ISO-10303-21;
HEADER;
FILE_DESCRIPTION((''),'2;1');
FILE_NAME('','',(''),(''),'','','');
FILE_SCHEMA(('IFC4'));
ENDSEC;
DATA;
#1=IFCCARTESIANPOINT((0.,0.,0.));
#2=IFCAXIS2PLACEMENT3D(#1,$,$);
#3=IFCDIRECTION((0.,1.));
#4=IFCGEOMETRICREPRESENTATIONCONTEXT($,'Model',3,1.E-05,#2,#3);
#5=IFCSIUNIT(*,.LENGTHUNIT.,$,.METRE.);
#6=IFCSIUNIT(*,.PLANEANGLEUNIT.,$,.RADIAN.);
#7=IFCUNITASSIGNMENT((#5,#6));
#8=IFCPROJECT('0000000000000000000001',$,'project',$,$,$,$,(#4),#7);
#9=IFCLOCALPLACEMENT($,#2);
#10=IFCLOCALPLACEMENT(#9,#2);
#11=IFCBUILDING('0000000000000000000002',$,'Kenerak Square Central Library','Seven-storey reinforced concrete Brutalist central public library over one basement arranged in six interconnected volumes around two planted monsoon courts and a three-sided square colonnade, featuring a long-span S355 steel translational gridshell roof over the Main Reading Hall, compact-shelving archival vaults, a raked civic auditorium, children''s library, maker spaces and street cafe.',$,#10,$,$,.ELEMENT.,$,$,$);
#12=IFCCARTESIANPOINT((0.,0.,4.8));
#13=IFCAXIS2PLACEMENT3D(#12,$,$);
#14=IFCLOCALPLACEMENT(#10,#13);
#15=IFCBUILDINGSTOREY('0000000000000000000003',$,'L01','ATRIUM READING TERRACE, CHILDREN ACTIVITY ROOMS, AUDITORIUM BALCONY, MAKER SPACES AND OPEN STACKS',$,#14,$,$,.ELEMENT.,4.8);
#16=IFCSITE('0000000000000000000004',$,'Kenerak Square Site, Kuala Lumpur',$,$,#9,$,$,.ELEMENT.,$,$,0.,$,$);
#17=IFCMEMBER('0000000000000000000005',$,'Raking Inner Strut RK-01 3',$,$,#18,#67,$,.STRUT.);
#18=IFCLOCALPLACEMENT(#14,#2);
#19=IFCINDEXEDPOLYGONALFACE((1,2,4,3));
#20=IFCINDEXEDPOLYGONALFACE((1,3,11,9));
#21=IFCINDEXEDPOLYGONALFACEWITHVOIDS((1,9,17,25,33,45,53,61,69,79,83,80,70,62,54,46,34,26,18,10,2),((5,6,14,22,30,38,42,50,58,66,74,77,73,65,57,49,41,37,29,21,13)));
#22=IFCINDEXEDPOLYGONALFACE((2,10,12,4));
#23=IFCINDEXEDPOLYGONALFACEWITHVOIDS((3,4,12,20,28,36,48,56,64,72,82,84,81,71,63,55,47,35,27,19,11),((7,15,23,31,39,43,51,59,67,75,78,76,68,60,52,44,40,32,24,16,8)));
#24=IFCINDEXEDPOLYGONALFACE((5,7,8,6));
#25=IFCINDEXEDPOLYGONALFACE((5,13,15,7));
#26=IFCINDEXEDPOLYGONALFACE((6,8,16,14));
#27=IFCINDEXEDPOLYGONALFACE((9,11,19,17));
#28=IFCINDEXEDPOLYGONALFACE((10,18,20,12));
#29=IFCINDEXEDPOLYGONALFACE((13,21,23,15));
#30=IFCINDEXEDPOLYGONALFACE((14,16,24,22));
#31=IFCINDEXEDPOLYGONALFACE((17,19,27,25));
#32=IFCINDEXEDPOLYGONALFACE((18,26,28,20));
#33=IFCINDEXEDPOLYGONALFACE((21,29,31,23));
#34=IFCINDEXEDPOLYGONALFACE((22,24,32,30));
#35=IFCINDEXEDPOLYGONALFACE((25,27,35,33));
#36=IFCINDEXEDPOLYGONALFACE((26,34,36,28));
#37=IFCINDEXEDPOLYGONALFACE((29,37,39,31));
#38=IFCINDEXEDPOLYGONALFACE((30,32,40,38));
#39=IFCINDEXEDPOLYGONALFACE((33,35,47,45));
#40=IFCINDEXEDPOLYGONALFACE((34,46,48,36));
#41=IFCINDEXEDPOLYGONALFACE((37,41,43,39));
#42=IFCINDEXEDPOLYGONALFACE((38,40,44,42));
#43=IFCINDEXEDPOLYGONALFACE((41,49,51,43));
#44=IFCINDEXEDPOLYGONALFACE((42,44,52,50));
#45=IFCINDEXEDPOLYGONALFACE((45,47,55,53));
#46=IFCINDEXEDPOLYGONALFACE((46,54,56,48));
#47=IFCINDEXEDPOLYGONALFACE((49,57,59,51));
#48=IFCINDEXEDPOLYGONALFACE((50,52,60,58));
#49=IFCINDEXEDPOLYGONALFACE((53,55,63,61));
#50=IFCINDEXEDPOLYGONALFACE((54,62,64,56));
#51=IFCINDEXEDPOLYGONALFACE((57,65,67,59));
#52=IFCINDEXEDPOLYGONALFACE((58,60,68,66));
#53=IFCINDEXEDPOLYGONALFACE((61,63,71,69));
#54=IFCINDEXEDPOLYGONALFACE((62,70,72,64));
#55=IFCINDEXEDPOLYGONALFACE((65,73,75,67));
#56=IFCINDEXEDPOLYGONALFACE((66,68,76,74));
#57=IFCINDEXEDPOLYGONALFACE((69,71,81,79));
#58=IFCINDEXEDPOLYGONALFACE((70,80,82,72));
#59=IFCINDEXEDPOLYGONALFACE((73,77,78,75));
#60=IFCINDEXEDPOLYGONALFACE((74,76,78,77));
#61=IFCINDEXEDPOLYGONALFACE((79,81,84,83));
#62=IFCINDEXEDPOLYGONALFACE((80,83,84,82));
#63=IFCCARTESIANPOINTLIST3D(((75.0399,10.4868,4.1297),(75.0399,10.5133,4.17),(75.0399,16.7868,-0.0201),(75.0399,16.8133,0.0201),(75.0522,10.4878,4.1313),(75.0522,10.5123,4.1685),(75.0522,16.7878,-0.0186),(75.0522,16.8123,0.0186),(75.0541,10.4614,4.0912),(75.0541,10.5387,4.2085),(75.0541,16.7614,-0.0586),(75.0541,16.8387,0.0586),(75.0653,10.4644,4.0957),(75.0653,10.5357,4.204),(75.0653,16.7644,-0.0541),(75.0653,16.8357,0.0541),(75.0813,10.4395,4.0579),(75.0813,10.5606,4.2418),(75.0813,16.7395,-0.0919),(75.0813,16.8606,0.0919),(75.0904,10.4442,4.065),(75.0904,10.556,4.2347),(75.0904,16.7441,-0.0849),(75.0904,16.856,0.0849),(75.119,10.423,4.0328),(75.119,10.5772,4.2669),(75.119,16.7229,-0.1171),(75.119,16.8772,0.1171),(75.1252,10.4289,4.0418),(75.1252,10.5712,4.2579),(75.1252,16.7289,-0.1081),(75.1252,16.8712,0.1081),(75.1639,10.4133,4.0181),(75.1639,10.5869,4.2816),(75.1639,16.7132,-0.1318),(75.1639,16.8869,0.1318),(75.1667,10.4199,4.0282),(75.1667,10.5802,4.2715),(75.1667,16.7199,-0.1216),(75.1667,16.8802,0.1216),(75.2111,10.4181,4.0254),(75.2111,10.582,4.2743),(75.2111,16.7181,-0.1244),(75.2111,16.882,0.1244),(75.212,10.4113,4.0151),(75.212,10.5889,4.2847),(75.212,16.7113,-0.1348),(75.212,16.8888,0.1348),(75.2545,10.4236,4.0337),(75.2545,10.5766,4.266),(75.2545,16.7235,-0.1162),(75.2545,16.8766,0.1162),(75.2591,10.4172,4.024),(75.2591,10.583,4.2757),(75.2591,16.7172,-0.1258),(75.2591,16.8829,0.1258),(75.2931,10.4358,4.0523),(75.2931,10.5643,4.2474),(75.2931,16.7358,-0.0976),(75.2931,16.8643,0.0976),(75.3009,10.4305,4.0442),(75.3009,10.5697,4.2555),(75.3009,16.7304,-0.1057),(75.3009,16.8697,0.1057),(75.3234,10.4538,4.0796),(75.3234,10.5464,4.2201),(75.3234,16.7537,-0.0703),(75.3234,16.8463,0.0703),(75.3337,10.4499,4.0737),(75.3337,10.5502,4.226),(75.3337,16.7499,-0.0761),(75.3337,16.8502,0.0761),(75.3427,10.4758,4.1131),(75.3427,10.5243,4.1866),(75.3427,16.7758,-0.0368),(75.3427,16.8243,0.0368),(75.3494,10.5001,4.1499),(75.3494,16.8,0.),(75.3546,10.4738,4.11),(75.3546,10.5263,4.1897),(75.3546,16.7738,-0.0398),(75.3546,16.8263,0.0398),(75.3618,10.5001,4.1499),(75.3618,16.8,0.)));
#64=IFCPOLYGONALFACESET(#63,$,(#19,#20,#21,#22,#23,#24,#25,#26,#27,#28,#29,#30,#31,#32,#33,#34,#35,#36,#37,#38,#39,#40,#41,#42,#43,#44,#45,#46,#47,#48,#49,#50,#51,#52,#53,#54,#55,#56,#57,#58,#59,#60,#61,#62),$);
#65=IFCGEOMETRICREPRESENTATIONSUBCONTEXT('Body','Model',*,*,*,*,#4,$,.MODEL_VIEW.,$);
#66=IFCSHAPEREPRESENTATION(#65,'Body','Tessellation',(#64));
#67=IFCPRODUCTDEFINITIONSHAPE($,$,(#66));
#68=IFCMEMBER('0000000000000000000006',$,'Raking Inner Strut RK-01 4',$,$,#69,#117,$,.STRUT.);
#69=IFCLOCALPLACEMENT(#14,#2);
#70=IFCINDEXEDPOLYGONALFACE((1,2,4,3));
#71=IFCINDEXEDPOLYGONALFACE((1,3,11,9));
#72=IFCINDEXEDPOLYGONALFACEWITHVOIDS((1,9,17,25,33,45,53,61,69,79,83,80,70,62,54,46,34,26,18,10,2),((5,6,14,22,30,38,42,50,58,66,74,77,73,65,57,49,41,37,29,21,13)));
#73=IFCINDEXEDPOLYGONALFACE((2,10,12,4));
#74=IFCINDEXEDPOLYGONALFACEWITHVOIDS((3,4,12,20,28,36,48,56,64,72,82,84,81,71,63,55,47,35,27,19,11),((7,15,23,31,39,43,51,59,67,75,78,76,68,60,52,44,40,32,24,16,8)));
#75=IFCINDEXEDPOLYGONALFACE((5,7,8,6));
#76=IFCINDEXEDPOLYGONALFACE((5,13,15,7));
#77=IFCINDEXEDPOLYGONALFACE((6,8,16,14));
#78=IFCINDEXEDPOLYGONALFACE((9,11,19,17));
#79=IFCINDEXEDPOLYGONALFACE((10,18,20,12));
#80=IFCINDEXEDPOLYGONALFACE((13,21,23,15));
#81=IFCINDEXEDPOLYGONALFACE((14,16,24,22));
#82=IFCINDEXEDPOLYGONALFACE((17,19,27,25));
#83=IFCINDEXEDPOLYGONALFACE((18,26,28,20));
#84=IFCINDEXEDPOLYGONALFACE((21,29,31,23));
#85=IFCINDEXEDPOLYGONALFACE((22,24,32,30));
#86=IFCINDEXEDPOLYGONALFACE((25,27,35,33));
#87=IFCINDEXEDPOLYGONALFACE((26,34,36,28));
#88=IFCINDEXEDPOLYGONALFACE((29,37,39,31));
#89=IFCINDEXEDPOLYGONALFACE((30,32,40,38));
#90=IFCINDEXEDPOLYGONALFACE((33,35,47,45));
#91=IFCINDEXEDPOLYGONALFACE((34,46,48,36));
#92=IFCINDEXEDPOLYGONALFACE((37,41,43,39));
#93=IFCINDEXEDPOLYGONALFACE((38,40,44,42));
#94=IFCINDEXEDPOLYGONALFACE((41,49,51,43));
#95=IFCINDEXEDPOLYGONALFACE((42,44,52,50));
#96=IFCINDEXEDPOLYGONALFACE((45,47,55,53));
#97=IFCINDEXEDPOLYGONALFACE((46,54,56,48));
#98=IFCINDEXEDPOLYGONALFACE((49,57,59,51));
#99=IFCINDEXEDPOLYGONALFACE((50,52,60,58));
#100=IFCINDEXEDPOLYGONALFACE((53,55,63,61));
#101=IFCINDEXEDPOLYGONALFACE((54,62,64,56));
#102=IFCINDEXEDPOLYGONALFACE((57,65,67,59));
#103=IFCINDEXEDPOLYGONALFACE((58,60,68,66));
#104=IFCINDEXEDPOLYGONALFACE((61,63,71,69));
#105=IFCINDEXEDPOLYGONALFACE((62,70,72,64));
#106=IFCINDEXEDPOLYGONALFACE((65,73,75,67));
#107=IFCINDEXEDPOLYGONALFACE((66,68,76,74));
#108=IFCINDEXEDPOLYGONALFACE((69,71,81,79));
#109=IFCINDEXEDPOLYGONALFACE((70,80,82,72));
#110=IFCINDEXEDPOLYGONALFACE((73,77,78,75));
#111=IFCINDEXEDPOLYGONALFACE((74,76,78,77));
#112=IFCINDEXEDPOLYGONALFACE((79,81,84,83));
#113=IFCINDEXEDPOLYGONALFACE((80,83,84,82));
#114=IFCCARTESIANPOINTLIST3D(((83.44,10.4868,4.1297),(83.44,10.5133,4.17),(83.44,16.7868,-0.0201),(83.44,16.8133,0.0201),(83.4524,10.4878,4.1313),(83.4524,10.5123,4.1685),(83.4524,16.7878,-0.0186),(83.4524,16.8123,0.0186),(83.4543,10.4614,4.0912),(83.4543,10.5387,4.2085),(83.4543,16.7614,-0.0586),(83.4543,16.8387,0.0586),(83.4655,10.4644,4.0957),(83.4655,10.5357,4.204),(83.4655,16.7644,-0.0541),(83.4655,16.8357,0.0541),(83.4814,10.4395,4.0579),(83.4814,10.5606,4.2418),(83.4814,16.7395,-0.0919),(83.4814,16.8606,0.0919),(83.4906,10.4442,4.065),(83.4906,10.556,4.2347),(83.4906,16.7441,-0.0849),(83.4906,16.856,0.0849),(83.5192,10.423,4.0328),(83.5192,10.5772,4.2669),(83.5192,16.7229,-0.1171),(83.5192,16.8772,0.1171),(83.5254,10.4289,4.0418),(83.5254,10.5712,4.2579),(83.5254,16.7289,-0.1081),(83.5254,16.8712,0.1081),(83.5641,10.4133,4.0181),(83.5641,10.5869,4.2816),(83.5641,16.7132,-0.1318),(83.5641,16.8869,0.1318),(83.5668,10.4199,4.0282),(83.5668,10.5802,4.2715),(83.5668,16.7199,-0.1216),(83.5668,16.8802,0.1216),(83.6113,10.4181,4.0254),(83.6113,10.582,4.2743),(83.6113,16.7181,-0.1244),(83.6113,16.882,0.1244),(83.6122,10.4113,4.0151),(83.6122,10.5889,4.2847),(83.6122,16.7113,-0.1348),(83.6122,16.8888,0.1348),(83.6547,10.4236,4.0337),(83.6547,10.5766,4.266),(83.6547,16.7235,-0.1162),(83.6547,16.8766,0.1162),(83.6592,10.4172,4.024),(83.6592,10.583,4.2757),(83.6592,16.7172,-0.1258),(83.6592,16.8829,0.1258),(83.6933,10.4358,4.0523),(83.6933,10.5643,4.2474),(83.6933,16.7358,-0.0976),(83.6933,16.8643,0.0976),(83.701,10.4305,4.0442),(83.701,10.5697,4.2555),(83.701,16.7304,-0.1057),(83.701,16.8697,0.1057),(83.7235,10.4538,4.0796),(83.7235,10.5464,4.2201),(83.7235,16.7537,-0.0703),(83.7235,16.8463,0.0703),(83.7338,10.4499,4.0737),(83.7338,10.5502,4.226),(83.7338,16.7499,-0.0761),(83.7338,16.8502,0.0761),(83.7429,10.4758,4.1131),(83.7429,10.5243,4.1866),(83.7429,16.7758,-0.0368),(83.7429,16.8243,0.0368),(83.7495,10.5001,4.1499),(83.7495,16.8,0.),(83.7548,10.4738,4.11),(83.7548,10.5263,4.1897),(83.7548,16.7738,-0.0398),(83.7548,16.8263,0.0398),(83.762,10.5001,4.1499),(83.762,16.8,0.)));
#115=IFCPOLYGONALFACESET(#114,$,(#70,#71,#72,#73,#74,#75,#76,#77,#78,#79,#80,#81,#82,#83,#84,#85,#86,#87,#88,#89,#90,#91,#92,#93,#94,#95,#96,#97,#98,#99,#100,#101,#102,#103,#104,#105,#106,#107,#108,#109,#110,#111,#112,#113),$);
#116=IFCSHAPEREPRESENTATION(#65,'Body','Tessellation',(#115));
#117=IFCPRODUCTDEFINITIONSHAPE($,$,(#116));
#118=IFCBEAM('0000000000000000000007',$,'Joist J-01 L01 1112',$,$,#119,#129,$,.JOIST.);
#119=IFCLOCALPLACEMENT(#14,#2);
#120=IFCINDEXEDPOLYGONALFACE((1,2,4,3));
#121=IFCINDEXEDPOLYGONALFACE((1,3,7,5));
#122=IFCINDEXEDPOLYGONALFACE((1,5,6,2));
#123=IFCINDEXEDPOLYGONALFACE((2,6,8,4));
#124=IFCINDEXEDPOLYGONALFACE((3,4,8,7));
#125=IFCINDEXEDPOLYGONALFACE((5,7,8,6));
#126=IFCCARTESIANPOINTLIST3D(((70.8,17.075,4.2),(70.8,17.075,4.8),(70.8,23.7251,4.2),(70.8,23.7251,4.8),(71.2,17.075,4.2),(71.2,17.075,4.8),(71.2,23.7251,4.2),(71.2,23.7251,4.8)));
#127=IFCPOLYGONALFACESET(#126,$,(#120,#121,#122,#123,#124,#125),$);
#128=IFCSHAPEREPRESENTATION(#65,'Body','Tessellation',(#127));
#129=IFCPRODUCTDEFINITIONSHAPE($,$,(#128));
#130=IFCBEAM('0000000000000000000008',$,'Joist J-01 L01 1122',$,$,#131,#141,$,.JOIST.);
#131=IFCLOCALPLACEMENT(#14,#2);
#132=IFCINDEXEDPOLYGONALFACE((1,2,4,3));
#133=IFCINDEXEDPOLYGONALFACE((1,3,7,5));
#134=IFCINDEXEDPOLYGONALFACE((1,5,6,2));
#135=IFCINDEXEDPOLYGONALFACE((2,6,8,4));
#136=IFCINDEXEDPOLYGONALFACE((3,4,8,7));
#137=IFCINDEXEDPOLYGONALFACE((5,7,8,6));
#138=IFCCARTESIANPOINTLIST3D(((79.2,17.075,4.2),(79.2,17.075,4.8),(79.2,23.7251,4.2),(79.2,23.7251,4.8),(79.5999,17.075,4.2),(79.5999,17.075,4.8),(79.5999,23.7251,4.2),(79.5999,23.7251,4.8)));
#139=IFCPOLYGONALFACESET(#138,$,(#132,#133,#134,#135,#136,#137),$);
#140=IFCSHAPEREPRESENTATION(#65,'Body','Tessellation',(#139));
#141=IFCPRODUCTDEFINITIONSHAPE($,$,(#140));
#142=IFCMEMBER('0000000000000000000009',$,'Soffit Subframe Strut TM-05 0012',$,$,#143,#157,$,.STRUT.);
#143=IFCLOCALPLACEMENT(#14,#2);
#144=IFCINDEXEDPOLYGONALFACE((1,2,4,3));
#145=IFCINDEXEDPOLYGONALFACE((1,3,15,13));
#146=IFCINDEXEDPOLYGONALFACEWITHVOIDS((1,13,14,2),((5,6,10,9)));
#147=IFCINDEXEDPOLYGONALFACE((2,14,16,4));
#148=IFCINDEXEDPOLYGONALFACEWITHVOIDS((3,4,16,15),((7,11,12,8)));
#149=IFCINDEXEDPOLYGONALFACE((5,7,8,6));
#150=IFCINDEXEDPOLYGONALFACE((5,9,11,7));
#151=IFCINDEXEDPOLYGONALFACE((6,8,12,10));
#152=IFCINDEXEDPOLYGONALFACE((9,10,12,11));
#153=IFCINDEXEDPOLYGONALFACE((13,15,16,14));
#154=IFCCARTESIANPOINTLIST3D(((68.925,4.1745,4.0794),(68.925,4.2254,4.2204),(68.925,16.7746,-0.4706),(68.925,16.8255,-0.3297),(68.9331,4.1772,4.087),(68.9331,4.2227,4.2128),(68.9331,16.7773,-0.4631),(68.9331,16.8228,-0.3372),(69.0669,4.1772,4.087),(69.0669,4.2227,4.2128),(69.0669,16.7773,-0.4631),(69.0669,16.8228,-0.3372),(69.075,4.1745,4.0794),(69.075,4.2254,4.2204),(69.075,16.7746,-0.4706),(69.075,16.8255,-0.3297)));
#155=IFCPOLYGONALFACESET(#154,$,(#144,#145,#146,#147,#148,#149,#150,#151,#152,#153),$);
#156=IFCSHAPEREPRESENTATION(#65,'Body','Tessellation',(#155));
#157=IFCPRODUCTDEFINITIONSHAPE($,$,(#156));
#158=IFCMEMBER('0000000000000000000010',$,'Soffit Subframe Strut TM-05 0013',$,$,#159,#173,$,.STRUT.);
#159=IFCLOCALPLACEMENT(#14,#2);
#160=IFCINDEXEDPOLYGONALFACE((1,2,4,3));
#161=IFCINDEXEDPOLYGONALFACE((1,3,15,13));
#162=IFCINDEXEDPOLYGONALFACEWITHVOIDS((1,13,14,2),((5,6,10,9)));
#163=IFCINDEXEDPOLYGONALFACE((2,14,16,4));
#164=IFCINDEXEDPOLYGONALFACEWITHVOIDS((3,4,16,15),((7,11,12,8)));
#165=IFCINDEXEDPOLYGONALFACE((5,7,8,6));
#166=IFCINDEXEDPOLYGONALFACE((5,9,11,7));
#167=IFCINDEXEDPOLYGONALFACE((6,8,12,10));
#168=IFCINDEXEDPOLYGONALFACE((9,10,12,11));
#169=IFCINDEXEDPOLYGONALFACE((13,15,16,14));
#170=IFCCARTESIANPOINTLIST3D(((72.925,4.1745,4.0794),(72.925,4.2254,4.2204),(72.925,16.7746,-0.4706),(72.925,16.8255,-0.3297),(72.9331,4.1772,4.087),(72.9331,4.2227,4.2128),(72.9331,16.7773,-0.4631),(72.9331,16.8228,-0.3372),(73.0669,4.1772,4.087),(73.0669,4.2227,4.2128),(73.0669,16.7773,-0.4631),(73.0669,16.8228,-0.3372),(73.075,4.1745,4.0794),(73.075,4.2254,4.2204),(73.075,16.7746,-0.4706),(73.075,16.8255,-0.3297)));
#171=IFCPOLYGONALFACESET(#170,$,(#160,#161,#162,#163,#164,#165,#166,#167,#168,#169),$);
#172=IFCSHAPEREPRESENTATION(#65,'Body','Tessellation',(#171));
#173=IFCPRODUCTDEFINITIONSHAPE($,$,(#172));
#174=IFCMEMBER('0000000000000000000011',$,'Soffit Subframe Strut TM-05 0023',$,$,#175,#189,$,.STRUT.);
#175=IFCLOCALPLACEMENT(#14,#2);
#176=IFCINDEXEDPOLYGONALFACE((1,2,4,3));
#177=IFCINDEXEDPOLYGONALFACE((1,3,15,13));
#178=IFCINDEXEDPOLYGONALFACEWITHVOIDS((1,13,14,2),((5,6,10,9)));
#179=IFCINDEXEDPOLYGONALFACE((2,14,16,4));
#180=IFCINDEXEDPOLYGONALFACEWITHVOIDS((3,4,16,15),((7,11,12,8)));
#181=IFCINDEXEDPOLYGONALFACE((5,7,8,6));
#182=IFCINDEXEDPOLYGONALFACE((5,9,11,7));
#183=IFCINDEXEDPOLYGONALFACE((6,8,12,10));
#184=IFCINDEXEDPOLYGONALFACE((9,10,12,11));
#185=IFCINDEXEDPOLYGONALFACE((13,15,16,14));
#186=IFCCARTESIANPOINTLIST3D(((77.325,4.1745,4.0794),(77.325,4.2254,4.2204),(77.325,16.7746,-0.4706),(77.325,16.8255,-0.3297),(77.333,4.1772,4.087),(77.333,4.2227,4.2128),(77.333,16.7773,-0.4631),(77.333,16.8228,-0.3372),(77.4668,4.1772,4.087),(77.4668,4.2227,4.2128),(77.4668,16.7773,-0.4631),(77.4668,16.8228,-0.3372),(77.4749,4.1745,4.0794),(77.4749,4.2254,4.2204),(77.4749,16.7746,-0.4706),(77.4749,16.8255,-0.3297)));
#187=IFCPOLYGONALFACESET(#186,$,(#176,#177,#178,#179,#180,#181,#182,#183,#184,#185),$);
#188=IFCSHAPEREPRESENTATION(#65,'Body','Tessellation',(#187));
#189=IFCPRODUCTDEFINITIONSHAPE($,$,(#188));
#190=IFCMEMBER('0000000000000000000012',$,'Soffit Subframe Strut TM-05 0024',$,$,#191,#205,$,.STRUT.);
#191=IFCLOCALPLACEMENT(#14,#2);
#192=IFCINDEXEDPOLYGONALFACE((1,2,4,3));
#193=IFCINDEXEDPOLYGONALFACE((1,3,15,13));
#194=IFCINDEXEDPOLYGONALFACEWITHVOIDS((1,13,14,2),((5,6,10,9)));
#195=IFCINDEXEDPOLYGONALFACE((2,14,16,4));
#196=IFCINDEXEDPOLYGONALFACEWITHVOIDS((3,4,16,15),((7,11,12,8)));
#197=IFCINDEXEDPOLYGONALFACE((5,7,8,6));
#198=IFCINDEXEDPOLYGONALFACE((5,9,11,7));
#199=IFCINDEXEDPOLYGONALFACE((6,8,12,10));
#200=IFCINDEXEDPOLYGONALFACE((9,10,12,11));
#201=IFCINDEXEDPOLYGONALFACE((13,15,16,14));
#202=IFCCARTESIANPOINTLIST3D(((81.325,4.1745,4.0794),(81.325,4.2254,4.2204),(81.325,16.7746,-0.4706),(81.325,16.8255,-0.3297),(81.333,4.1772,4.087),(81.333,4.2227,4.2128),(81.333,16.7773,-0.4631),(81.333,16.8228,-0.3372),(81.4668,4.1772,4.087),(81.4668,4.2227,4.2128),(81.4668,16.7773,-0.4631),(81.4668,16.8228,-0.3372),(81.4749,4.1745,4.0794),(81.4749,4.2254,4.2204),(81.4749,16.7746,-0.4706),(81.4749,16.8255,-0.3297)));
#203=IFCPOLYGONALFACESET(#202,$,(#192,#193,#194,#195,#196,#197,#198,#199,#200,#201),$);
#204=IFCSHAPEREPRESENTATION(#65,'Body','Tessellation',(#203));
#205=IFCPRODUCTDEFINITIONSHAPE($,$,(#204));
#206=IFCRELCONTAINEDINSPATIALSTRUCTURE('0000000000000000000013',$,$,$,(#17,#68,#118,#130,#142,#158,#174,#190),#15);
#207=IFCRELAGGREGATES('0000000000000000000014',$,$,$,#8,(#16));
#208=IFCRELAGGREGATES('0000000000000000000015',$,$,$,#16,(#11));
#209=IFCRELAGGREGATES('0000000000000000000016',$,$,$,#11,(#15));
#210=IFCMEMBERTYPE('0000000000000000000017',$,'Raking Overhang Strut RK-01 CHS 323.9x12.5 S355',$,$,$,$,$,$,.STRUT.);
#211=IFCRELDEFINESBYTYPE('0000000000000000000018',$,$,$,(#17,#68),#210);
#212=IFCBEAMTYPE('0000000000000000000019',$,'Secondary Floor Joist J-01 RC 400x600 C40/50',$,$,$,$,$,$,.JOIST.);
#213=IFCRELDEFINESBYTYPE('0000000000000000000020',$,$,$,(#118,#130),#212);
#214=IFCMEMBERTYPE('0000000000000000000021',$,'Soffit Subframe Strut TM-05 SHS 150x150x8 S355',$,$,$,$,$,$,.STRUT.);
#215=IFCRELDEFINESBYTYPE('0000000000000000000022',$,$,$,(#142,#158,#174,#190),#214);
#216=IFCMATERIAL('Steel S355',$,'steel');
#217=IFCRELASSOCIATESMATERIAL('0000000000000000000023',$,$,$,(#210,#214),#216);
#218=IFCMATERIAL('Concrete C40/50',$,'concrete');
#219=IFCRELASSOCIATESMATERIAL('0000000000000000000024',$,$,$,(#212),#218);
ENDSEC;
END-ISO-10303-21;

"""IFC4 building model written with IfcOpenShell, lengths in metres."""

from ifc_helpers import new_model, si_unit, direction, frame, origin, origin_2d, place, context, subcontext, project, spatial, rectangle, hollow_rectangle, hollow_circle, extrude, material, material_profile, profile_set, type_object, element, save


model = new_model("IFC4")

# Units and contexts
model_context = context("Model", 3, precision=1e-05, world=origin(), true_north=direction((0.0, 1.0)))
body_context = subcontext(model_context, "Body", "Model", "MODEL_VIEW")
ifc_project = project(units=[si_unit("LENGTHUNIT", "METRE"), si_unit("PLANEANGLEUNIT", "RADIAN")], contexts=[model_context])

# Site, building, storey
site_placement = place(None, origin())
site = spatial("IfcSite", under=ifc_project, at=site_placement, Name="Kenerak Square Site, Kuala Lumpur", CompositionType="ELEMENT", RefElevation=0.0)
building_placement = place(site_placement, origin())
building = spatial("IfcBuilding", under=site, at=building_placement, Name="Kenerak Square Central Library", Description="Seven-storey reinforced concrete Brutalist central public library over one basement arranged in six interconnected volumes around two planted monsoon courts and a three-sided square colonnade, featuring a long-span S355 steel translational gridshell roof over the Main Reading Hall, compact-shelving archival vaults, a raked civic auditorium, children's library, maker spaces and street cafe.", CompositionType="ELEMENT")
storey_placement = place(building_placement, frame((0.0, 0.0, 4.8)))
storey = spatial("IfcBuildingStorey", under=building, at=storey_placement, Name="L01", Description="ATRIUM READING TERRACE, CHILDREN ACTIVITY ROOMS, AUDITORIUM BALCONY, MAKER SPACES AND OPEN STACKS", CompositionType="ELEMENT", Elevation=4.8)

# Shared definitions
ifc_material_1 = material(Name="Steel S355", Category="steel")

# Shared definitions
ifc_material_2 = material(Name="Concrete C40/50", Category="concrete")

# Members
ifc_material_profile_1 = material_profile(ifc_material_1, hollow_circle(Radius=0.1619, WallThickness=0.0125, at=origin_2d()), Name="CHS 323.9x12.5")
ifc_profile_set_1 = profile_set([ifc_material_profile_1], Name="Steel S355")
member_type_1 = type_object("IfcMemberType", Name="Raking Overhang Strut RK-01 CHS 323.9x12.5 S355", PredefinedType="STRUT", material=ifc_profile_set_1)
for number, where, z_axis, x_axis, name in (
    (1, (75.2, 16.8, 0.0), (0.0, -0.835105, 0.550091), (1.0, 0.0, 0.0), "Raking Inner Strut RK-01 3"),
    (2, (83.6001, 16.8, 0.0), (0.0, -0.835105, 0.550091), (1.0, 0.0, 0.0), "Raking Inner Strut RK-01 4"),
):
    element("IfcMember", number, at=place(storey_placement, frame(where, z_axis=z_axis, x_axis=x_axis)), inside=storey, type_object=member_type_1, Name=name, PredefinedType="STRUT", context=body_context, shape_type="SweptSolid", body=[
        extrude(hollow_circle(Radius=0.1619, WallThickness=0.0125, at=origin_2d()), origin(), (0.0, 0.0, 1.0), 7.5439),
    ])

# Beams
ifc_material_profile_2 = material_profile(ifc_material_2, rectangle(XDim=0.3999, YDim=0.6001, at=origin_2d()), Name="RC 400x600")
ifc_profile_set_2 = profile_set([ifc_material_profile_2], Name="Concrete C40/50")
beam_type_1 = type_object("IfcBeamType", Name="Secondary Floor Joist J-01 RC 400x600 C40/50", PredefinedType="JOIST", material=ifc_profile_set_2)
for number, where, z_axis, x_axis, name in (
    (3, (71.0, 17.075, 4.5), (0.0, 1.0, 0.0), (-1.0, 0.0, 0.0), "Joist J-01 L01 1112"),
    (4, (79.3999, 17.075, 4.5), (0.0, 1.0, 0.0), (-1.0, 0.0, 0.0), "Joist J-01 L01 1122"),
):
    element("IfcBeam", number, at=place(storey_placement, frame(where, z_axis=z_axis, x_axis=x_axis)), inside=storey, type_object=beam_type_1, Name=name, PredefinedType="JOIST", context=body_context, shape_type="SweptSolid", body=[
        extrude(rectangle(XDim=0.3999, YDim=0.6001, at=origin_2d()), origin(), (0.0, 0.0, 1.0), 6.6501),
    ])

# Members
ifc_material_profile_3 = material_profile(ifc_material_1, hollow_rectangle(XDim=0.1499, YDim=0.1499, WallThickness=0.0081, at=origin_2d()), Name="SHS 150x150x8.0")
ifc_profile_set_3 = profile_set([ifc_material_profile_3], Name="Steel S355")
member_type_2 = type_object("IfcMemberType", Name="Soffit Subframe Strut TM-05 SHS 150x150x8 S355", PredefinedType="STRUT", material=ifc_profile_set_3)
for number, where, z_axis, x_axis, name in (
    (5, (69.0, 16.8, -0.4001), (0.0, -0.940554, 0.339645), (1.0, 0.0, 0.0), "Soffit Subframe Strut TM-05 0012"),
    (6, (73.0, 16.8, -0.4001), (0.0, -0.940554, 0.339645), (1.0, 0.0, 0.0), "Soffit Subframe Strut TM-05 0013"),
    (7, (77.3999, 16.8, -0.4001), (0.0, -0.940554, 0.339645), (1.0, 0.0, 0.0), "Soffit Subframe Strut TM-05 0023"),
    (8, (81.3999, 16.8, -0.4001), (0.0, -0.940554, 0.339645), (1.0, 0.0, 0.0), "Soffit Subframe Strut TM-05 0024"),
):
    element("IfcMember", number, at=place(storey_placement, frame(where, z_axis=z_axis, x_axis=x_axis)), inside=storey, type_object=member_type_2, Name=name, PredefinedType="STRUT", context=body_context, shape_type="SweptSolid", body=[
        extrude(hollow_rectangle(XDim=0.1499, YDim=0.1499, WallThickness=0.0081, at=origin_2d()), origin(), (0.0, 0.0, 1.0), 13.3965),
    ])

save(model, "model.ifc")
